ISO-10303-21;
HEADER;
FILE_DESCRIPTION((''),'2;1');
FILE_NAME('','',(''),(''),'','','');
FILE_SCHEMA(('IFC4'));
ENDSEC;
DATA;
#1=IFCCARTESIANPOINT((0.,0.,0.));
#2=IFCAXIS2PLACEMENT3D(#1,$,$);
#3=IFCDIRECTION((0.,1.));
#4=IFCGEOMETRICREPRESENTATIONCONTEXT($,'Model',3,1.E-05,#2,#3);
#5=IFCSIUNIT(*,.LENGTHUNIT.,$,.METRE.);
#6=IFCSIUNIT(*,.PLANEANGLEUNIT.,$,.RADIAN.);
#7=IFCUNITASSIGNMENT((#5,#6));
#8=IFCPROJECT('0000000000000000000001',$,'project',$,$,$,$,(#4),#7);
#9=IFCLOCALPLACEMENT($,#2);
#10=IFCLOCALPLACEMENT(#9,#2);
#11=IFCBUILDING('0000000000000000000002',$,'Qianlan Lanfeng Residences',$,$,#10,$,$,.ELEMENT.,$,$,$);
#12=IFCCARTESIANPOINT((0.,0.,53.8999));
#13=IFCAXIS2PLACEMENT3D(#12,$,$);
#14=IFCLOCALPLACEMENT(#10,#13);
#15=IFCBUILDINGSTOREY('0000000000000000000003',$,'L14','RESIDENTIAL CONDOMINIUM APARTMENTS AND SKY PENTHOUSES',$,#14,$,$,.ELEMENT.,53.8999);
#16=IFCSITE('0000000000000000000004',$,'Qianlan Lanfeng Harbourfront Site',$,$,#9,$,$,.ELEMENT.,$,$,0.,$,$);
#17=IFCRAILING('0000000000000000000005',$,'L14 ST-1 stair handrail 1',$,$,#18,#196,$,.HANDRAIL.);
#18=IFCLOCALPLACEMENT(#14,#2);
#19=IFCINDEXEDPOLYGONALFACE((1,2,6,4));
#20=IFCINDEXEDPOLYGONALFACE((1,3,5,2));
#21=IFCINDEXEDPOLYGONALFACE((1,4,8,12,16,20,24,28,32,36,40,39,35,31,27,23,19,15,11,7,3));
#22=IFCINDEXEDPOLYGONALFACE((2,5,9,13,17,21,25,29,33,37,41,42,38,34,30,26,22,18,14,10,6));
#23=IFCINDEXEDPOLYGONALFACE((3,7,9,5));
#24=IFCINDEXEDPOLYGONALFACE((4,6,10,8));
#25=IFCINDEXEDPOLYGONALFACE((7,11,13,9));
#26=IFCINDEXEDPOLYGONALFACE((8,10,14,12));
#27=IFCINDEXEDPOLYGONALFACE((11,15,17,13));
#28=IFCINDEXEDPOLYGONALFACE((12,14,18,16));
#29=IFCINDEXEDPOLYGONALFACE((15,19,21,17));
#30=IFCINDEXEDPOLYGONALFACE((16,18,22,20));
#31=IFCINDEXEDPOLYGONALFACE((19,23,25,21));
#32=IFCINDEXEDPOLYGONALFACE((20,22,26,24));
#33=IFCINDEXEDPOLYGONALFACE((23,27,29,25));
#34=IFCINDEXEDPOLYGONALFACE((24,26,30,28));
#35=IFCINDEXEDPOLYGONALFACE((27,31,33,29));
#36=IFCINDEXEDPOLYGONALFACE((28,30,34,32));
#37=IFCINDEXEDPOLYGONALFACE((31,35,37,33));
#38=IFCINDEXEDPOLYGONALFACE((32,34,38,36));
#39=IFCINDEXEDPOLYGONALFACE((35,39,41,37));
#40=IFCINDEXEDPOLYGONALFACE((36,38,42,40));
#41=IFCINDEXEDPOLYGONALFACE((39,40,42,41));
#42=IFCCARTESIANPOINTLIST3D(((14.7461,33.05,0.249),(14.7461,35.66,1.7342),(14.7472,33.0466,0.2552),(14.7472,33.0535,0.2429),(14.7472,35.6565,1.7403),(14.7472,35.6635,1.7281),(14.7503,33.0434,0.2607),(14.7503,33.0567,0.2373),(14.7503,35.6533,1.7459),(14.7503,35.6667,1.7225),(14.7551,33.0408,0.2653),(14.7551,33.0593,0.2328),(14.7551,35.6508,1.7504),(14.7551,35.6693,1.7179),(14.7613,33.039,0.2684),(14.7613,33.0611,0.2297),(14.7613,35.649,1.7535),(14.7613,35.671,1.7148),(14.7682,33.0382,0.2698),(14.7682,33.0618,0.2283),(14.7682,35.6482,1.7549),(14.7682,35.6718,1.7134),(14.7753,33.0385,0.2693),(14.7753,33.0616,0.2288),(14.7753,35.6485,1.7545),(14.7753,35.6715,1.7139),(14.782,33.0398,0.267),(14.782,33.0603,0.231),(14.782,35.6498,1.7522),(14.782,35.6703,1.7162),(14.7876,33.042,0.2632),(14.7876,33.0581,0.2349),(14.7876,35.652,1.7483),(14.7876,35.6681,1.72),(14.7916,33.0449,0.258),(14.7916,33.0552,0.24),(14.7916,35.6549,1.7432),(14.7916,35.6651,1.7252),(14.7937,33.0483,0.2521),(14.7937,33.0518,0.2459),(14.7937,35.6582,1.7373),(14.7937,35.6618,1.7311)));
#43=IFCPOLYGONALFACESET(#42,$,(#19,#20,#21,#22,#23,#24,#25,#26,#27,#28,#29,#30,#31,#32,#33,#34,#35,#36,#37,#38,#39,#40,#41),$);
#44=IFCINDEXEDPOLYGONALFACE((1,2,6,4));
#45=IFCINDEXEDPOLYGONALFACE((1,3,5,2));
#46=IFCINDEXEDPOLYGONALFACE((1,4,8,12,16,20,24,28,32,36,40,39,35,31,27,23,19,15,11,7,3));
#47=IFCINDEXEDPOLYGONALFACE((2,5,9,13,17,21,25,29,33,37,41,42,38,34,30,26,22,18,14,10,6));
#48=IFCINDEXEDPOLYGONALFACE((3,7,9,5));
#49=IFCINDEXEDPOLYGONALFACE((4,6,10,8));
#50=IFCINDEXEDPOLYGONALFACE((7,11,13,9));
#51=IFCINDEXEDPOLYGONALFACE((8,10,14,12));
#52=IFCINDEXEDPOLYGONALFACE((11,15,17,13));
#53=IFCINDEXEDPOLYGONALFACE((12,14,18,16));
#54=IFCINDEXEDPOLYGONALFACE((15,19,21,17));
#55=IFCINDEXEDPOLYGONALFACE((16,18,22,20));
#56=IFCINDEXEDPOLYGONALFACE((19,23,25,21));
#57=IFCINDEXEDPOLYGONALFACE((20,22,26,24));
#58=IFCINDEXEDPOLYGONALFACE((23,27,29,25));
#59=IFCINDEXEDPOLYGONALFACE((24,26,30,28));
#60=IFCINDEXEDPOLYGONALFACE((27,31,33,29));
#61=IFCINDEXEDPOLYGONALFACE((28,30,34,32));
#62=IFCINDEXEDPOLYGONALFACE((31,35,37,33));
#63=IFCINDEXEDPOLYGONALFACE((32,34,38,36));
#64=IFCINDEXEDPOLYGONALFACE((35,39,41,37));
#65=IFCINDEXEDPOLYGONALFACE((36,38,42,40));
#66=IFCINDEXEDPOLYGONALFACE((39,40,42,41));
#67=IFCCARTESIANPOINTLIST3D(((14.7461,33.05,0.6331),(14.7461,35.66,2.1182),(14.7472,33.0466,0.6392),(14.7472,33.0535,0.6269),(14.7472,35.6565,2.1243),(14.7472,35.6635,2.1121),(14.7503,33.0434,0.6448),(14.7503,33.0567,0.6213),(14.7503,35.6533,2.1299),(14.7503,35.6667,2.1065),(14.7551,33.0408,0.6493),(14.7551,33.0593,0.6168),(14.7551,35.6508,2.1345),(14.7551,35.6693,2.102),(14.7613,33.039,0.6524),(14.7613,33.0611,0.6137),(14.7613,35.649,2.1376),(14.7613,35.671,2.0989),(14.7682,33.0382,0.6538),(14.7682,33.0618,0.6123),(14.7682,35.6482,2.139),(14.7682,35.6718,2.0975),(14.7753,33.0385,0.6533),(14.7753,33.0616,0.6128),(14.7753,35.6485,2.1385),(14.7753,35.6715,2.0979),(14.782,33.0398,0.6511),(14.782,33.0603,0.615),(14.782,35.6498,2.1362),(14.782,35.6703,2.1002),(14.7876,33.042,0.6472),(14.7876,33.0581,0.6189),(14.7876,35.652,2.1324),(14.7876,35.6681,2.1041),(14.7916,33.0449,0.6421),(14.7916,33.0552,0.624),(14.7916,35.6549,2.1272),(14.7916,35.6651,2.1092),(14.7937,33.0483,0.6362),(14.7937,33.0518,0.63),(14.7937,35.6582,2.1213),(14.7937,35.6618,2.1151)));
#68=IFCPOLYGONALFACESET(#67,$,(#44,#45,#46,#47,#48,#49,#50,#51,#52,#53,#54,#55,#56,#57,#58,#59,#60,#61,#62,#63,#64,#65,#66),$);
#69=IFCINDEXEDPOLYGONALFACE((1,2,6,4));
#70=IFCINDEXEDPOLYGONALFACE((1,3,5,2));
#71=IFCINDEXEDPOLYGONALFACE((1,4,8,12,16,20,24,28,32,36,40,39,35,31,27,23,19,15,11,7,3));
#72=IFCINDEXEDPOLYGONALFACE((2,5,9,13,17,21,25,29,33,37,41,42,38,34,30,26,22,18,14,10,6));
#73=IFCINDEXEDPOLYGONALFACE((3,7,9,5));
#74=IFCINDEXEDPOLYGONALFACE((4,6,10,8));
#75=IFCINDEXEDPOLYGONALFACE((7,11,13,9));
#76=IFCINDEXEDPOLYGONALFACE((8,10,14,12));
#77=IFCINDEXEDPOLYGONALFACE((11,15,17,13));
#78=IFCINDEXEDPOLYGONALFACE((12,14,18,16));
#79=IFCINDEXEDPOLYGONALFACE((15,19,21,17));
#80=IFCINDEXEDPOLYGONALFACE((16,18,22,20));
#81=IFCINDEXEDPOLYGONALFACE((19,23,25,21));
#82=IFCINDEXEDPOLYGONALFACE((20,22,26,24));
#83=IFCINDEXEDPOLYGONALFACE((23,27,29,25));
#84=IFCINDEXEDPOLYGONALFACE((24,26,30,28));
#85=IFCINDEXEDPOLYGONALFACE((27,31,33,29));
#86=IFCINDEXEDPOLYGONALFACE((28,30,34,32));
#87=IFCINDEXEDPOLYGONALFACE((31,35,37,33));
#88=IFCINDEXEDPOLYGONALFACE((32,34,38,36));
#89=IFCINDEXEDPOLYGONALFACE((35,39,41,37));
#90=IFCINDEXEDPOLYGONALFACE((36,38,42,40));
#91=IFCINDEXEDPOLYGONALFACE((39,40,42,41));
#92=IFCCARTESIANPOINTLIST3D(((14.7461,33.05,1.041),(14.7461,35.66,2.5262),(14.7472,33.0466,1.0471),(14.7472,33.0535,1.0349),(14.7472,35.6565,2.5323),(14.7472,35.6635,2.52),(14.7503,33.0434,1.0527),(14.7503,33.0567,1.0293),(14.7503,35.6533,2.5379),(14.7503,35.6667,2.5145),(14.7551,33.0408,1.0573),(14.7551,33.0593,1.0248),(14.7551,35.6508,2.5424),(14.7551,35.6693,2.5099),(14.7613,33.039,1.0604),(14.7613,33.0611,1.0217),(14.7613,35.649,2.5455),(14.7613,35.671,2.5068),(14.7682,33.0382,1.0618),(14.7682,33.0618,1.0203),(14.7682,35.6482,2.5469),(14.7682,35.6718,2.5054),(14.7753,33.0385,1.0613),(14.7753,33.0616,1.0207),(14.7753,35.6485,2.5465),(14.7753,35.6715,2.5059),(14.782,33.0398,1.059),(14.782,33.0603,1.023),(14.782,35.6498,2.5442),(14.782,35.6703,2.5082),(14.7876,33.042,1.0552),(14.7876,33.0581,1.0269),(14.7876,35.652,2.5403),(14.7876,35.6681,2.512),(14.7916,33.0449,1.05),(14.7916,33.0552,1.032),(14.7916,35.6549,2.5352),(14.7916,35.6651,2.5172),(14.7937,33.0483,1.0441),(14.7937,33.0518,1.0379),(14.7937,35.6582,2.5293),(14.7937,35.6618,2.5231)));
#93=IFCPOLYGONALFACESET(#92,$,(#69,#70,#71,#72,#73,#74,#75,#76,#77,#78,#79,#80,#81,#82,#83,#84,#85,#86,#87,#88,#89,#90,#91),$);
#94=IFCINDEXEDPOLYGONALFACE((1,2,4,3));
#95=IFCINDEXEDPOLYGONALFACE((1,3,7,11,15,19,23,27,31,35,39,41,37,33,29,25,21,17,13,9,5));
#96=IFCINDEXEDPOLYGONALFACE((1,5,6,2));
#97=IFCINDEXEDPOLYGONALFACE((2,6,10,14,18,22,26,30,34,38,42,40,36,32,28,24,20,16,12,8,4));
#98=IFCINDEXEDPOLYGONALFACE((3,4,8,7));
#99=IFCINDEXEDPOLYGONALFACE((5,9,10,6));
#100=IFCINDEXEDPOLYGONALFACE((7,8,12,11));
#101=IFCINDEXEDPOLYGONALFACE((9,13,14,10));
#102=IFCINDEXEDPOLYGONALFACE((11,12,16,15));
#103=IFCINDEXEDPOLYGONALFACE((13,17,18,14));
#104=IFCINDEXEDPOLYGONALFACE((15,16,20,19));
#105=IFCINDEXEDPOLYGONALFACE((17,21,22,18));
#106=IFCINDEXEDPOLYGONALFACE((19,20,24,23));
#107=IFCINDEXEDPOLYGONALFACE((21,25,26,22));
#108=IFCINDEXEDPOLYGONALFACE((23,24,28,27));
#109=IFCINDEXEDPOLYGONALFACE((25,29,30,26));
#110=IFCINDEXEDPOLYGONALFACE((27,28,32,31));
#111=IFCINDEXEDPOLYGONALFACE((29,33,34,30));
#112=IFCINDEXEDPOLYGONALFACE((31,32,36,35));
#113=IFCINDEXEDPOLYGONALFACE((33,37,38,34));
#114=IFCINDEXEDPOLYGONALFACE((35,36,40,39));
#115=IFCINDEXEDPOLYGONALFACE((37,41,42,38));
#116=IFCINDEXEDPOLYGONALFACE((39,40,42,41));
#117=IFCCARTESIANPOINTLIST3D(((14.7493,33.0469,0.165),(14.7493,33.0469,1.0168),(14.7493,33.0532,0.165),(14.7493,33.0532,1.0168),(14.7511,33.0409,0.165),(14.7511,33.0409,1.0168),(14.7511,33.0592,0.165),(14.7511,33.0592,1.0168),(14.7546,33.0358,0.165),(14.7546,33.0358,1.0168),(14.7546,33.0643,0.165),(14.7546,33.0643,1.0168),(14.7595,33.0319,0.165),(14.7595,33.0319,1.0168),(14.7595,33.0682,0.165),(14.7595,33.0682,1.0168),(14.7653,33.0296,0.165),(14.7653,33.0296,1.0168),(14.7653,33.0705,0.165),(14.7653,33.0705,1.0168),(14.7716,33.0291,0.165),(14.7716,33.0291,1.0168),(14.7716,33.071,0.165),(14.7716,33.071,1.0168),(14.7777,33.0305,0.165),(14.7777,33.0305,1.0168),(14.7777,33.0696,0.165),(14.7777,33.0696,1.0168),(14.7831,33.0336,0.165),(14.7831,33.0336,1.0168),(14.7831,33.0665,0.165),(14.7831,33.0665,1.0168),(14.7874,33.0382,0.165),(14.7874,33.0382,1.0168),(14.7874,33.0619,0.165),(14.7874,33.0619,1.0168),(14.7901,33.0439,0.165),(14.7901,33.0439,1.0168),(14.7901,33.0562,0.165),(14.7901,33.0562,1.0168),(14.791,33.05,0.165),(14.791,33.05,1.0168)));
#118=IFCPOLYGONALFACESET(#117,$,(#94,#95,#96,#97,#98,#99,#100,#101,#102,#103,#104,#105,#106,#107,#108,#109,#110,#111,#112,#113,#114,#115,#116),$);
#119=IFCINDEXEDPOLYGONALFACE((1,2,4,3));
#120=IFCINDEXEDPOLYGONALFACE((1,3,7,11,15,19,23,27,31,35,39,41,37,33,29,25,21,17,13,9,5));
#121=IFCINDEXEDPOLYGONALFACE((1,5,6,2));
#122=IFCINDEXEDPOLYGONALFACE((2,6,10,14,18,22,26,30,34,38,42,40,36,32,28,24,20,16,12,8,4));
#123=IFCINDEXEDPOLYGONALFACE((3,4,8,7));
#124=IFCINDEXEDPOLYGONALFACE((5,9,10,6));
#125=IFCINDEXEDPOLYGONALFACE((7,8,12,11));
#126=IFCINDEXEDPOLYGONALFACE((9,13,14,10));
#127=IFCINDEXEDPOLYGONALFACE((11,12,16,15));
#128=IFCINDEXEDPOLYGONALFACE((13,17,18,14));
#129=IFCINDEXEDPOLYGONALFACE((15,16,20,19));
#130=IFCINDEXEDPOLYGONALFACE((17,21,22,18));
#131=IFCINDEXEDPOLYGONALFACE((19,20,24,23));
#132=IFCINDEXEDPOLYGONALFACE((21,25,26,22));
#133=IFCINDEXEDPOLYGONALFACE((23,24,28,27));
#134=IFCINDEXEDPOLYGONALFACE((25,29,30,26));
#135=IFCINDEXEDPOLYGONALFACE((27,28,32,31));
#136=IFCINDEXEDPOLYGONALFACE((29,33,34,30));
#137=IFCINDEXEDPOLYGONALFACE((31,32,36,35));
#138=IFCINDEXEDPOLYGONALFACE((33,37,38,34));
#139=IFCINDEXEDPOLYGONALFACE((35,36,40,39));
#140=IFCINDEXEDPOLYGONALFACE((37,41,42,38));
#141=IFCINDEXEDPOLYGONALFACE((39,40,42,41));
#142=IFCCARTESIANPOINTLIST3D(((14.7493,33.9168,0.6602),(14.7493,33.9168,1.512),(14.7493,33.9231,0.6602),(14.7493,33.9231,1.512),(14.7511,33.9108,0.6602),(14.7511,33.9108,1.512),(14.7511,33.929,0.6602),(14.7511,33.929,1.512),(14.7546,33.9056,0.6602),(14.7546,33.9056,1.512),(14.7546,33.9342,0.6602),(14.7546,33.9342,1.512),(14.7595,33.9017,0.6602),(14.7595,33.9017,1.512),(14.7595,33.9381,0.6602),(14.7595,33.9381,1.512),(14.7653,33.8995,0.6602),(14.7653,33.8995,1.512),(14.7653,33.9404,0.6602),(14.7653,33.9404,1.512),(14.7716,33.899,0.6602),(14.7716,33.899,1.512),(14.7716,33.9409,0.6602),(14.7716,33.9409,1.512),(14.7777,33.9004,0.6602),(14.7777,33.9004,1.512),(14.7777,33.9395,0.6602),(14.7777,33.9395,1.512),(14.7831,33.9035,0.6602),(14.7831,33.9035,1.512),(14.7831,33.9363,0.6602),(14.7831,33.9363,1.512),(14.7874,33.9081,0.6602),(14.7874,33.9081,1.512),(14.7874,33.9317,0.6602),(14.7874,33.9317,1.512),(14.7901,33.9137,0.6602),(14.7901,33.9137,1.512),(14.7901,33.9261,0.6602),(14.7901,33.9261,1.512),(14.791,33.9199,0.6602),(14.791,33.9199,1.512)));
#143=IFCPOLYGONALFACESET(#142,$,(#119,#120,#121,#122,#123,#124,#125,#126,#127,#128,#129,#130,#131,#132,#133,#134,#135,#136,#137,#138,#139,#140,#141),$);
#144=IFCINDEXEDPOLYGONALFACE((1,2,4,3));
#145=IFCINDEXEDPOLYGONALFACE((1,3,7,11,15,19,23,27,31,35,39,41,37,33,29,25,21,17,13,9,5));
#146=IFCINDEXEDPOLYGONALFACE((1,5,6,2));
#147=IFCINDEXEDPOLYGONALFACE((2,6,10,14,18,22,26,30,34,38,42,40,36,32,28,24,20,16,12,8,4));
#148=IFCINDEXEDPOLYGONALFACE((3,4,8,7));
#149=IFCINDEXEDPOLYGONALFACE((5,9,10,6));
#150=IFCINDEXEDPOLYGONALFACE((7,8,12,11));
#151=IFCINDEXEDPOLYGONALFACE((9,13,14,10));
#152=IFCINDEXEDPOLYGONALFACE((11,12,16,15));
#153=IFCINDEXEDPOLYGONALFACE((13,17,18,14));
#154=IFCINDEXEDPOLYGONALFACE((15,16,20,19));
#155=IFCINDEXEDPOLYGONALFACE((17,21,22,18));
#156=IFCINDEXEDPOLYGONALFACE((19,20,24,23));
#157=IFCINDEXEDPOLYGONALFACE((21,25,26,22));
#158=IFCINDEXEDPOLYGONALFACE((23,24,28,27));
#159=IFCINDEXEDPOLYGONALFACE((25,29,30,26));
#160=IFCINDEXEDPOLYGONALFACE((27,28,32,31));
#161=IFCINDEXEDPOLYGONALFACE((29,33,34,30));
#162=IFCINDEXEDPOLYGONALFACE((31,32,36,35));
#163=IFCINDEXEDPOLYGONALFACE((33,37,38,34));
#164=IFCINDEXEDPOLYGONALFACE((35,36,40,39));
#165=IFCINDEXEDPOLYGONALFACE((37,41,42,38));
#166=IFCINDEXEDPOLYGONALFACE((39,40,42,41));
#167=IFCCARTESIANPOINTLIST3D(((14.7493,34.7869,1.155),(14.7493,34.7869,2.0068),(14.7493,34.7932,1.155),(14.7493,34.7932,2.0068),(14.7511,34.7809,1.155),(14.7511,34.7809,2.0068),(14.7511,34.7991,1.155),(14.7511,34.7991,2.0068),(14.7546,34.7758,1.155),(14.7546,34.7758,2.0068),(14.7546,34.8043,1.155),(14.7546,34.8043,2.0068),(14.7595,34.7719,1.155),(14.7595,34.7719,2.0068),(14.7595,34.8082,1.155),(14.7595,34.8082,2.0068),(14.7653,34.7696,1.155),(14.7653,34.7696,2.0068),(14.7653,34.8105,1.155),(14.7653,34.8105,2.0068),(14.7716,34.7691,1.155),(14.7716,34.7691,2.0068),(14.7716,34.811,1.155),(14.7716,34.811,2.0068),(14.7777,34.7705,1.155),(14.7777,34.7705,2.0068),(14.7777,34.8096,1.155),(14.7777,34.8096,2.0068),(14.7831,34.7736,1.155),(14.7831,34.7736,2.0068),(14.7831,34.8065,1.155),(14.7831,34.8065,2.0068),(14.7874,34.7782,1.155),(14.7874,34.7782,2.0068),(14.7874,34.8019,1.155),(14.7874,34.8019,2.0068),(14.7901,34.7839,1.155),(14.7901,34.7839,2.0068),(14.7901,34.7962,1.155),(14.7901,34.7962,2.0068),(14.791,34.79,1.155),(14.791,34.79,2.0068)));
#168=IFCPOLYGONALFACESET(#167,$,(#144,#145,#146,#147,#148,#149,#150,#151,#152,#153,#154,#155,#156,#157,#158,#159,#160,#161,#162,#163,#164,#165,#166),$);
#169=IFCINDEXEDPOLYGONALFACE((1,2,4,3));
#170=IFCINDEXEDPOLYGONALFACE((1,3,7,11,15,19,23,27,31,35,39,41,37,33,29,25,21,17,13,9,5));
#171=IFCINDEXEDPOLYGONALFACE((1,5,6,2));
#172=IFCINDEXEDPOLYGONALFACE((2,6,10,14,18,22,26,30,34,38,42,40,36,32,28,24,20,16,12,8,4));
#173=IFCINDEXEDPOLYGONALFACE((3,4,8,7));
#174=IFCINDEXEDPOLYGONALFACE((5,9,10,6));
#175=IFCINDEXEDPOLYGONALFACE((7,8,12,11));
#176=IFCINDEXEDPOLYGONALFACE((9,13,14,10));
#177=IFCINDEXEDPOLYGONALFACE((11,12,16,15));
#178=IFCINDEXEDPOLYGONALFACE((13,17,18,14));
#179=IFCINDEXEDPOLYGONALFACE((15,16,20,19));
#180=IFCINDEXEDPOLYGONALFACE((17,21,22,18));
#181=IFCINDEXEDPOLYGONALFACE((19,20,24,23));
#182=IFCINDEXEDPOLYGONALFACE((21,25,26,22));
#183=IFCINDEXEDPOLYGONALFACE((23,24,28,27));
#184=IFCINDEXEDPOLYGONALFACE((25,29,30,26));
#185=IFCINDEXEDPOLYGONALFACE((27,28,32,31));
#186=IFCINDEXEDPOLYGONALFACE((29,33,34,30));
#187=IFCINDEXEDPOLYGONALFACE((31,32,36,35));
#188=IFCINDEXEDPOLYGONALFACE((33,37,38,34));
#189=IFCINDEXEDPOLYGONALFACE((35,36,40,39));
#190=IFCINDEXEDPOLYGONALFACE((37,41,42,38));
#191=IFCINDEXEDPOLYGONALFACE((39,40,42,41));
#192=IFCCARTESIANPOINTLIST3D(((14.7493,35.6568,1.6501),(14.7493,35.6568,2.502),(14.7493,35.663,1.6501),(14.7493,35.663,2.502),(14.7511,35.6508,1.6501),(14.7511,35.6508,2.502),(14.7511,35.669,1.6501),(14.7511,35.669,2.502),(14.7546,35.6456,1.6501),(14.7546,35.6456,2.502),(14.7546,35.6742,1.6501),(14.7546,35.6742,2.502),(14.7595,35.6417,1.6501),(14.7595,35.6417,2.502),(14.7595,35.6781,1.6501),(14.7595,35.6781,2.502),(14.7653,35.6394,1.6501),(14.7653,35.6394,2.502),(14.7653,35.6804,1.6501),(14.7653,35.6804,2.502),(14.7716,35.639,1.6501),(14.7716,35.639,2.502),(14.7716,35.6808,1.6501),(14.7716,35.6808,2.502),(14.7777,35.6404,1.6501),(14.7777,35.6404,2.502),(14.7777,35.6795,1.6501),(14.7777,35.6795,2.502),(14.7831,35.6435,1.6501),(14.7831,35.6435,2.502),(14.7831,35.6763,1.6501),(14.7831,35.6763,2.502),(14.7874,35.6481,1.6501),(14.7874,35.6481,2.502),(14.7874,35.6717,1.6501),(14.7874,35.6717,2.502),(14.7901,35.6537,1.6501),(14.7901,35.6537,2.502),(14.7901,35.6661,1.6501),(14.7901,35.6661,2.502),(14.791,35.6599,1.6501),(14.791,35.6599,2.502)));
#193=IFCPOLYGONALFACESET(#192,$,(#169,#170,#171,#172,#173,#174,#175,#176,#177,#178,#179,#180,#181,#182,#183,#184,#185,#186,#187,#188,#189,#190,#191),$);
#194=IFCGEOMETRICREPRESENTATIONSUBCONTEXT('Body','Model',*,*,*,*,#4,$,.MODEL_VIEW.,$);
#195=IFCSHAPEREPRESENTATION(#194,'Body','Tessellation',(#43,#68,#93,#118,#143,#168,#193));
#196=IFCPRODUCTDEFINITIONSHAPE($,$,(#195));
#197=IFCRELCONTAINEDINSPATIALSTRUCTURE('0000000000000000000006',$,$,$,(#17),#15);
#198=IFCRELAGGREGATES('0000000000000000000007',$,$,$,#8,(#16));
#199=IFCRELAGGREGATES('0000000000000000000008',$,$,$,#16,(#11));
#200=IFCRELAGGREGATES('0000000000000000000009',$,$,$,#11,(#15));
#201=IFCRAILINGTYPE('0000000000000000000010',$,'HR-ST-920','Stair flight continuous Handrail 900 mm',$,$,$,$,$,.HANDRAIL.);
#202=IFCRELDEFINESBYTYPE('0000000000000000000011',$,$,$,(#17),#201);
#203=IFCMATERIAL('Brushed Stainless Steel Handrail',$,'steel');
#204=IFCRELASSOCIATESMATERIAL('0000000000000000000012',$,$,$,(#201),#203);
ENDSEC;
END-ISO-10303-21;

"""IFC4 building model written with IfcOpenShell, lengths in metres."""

from ifc_helpers import new_model, si_unit, direction, frame, origin, origin_2d, place, context, subcontext, project, spatial, circle, extrude, material, type_object, element, save


model = new_model("IFC4")

# Units and contexts
model_context = context("Model", 3, precision=1e-05, world=origin(), true_north=direction((0.0, 1.0)))
body_context = subcontext(model_context, "Body", "Model", "MODEL_VIEW")
ifc_project = project(units=[si_unit("LENGTHUNIT", "METRE"), si_unit("PLANEANGLEUNIT", "RADIAN")], contexts=[model_context])

# Site, building, storey
site_placement = place(None, origin())
site = spatial("IfcSite", under=ifc_project, at=site_placement, Name="Qianlan Lanfeng Harbourfront Site", CompositionType="ELEMENT", RefElevation=0.0)
building_placement = place(site_placement, origin())
building = spatial("IfcBuilding", under=site, at=building_placement, Name="Qianlan Lanfeng Residences", CompositionType="ELEMENT")
storey_placement = place(building_placement, frame((0.0, 0.0, 53.8999)))
storey = spatial("IfcBuildingStorey", under=building, at=storey_placement, Name="L14", Description="RESIDENTIAL CONDOMINIUM APARTMENTS AND SKY PENTHOUSES", CompositionType="ELEMENT", Elevation=53.8999)

# Railing
ifc_material_1 = material(Name="Brushed Stainless Steel Handrail", Category="steel")
railing_type_1 = type_object("IfcRailingType", Name="HR-ST-920", Description="Stair flight continuous Handrail 900 mm", PredefinedType="HANDRAIL", material=ifc_material_1)
railing_1_placement = place(storey_placement, frame((14.77, 33.05, 0.165)))
element("IfcRailing", 1, at=railing_1_placement, inside=storey, type_object=railing_type_1, Name="L14 ST-1 stair handrail 1", PredefinedType="HANDRAIL", context=body_context, shape_type="SweptSolid", body=[
    extrude(circle(Radius=0.0239, at=origin_2d()), frame((0.0, 0.0, 0.084), z_axis=(0.0, 0.869137, 0.494571), x_axis=(-1.0, 0.0, 0.0)), (0.0, 0.0, 1.0), 3.0029),
    extrude(circle(Radius=0.0239, at=origin_2d()), frame((0.0, 0.0, 0.468), z_axis=(0.0, 0.869137, 0.494571), x_axis=(-1.0, 0.0, 0.0)), (0.0, 0.0, 1.0), 3.0029),
    extrude(circle(Radius=0.0239, at=origin_2d()), frame((0.0, 0.0, 0.876), z_axis=(0.0, 0.869137, 0.494571), x_axis=(-1.0, 0.0, 0.0)), (0.0, 0.0, 1.0), 3.0029),
    extrude(circle(Radius=0.021, at=origin_2d()), origin(), (0.0, 0.0, 1.0), 0.8518),
    extrude(circle(Radius=0.021, at=origin_2d()), frame((0.0, 0.8699, 0.4951)), (0.0, 0.0, 1.0), 0.8518),
    extrude(circle(Radius=0.021, at=origin_2d()), frame((0.0, 1.74, 0.99)), (0.0, 0.0, 1.0), 0.8518),
    extrude(circle(Radius=0.021, at=origin_2d()), frame((0.0, 2.6099, 1.4851)), (0.0, 0.0, 1.0), 0.8518),
])

save(model, "model.ifc")
